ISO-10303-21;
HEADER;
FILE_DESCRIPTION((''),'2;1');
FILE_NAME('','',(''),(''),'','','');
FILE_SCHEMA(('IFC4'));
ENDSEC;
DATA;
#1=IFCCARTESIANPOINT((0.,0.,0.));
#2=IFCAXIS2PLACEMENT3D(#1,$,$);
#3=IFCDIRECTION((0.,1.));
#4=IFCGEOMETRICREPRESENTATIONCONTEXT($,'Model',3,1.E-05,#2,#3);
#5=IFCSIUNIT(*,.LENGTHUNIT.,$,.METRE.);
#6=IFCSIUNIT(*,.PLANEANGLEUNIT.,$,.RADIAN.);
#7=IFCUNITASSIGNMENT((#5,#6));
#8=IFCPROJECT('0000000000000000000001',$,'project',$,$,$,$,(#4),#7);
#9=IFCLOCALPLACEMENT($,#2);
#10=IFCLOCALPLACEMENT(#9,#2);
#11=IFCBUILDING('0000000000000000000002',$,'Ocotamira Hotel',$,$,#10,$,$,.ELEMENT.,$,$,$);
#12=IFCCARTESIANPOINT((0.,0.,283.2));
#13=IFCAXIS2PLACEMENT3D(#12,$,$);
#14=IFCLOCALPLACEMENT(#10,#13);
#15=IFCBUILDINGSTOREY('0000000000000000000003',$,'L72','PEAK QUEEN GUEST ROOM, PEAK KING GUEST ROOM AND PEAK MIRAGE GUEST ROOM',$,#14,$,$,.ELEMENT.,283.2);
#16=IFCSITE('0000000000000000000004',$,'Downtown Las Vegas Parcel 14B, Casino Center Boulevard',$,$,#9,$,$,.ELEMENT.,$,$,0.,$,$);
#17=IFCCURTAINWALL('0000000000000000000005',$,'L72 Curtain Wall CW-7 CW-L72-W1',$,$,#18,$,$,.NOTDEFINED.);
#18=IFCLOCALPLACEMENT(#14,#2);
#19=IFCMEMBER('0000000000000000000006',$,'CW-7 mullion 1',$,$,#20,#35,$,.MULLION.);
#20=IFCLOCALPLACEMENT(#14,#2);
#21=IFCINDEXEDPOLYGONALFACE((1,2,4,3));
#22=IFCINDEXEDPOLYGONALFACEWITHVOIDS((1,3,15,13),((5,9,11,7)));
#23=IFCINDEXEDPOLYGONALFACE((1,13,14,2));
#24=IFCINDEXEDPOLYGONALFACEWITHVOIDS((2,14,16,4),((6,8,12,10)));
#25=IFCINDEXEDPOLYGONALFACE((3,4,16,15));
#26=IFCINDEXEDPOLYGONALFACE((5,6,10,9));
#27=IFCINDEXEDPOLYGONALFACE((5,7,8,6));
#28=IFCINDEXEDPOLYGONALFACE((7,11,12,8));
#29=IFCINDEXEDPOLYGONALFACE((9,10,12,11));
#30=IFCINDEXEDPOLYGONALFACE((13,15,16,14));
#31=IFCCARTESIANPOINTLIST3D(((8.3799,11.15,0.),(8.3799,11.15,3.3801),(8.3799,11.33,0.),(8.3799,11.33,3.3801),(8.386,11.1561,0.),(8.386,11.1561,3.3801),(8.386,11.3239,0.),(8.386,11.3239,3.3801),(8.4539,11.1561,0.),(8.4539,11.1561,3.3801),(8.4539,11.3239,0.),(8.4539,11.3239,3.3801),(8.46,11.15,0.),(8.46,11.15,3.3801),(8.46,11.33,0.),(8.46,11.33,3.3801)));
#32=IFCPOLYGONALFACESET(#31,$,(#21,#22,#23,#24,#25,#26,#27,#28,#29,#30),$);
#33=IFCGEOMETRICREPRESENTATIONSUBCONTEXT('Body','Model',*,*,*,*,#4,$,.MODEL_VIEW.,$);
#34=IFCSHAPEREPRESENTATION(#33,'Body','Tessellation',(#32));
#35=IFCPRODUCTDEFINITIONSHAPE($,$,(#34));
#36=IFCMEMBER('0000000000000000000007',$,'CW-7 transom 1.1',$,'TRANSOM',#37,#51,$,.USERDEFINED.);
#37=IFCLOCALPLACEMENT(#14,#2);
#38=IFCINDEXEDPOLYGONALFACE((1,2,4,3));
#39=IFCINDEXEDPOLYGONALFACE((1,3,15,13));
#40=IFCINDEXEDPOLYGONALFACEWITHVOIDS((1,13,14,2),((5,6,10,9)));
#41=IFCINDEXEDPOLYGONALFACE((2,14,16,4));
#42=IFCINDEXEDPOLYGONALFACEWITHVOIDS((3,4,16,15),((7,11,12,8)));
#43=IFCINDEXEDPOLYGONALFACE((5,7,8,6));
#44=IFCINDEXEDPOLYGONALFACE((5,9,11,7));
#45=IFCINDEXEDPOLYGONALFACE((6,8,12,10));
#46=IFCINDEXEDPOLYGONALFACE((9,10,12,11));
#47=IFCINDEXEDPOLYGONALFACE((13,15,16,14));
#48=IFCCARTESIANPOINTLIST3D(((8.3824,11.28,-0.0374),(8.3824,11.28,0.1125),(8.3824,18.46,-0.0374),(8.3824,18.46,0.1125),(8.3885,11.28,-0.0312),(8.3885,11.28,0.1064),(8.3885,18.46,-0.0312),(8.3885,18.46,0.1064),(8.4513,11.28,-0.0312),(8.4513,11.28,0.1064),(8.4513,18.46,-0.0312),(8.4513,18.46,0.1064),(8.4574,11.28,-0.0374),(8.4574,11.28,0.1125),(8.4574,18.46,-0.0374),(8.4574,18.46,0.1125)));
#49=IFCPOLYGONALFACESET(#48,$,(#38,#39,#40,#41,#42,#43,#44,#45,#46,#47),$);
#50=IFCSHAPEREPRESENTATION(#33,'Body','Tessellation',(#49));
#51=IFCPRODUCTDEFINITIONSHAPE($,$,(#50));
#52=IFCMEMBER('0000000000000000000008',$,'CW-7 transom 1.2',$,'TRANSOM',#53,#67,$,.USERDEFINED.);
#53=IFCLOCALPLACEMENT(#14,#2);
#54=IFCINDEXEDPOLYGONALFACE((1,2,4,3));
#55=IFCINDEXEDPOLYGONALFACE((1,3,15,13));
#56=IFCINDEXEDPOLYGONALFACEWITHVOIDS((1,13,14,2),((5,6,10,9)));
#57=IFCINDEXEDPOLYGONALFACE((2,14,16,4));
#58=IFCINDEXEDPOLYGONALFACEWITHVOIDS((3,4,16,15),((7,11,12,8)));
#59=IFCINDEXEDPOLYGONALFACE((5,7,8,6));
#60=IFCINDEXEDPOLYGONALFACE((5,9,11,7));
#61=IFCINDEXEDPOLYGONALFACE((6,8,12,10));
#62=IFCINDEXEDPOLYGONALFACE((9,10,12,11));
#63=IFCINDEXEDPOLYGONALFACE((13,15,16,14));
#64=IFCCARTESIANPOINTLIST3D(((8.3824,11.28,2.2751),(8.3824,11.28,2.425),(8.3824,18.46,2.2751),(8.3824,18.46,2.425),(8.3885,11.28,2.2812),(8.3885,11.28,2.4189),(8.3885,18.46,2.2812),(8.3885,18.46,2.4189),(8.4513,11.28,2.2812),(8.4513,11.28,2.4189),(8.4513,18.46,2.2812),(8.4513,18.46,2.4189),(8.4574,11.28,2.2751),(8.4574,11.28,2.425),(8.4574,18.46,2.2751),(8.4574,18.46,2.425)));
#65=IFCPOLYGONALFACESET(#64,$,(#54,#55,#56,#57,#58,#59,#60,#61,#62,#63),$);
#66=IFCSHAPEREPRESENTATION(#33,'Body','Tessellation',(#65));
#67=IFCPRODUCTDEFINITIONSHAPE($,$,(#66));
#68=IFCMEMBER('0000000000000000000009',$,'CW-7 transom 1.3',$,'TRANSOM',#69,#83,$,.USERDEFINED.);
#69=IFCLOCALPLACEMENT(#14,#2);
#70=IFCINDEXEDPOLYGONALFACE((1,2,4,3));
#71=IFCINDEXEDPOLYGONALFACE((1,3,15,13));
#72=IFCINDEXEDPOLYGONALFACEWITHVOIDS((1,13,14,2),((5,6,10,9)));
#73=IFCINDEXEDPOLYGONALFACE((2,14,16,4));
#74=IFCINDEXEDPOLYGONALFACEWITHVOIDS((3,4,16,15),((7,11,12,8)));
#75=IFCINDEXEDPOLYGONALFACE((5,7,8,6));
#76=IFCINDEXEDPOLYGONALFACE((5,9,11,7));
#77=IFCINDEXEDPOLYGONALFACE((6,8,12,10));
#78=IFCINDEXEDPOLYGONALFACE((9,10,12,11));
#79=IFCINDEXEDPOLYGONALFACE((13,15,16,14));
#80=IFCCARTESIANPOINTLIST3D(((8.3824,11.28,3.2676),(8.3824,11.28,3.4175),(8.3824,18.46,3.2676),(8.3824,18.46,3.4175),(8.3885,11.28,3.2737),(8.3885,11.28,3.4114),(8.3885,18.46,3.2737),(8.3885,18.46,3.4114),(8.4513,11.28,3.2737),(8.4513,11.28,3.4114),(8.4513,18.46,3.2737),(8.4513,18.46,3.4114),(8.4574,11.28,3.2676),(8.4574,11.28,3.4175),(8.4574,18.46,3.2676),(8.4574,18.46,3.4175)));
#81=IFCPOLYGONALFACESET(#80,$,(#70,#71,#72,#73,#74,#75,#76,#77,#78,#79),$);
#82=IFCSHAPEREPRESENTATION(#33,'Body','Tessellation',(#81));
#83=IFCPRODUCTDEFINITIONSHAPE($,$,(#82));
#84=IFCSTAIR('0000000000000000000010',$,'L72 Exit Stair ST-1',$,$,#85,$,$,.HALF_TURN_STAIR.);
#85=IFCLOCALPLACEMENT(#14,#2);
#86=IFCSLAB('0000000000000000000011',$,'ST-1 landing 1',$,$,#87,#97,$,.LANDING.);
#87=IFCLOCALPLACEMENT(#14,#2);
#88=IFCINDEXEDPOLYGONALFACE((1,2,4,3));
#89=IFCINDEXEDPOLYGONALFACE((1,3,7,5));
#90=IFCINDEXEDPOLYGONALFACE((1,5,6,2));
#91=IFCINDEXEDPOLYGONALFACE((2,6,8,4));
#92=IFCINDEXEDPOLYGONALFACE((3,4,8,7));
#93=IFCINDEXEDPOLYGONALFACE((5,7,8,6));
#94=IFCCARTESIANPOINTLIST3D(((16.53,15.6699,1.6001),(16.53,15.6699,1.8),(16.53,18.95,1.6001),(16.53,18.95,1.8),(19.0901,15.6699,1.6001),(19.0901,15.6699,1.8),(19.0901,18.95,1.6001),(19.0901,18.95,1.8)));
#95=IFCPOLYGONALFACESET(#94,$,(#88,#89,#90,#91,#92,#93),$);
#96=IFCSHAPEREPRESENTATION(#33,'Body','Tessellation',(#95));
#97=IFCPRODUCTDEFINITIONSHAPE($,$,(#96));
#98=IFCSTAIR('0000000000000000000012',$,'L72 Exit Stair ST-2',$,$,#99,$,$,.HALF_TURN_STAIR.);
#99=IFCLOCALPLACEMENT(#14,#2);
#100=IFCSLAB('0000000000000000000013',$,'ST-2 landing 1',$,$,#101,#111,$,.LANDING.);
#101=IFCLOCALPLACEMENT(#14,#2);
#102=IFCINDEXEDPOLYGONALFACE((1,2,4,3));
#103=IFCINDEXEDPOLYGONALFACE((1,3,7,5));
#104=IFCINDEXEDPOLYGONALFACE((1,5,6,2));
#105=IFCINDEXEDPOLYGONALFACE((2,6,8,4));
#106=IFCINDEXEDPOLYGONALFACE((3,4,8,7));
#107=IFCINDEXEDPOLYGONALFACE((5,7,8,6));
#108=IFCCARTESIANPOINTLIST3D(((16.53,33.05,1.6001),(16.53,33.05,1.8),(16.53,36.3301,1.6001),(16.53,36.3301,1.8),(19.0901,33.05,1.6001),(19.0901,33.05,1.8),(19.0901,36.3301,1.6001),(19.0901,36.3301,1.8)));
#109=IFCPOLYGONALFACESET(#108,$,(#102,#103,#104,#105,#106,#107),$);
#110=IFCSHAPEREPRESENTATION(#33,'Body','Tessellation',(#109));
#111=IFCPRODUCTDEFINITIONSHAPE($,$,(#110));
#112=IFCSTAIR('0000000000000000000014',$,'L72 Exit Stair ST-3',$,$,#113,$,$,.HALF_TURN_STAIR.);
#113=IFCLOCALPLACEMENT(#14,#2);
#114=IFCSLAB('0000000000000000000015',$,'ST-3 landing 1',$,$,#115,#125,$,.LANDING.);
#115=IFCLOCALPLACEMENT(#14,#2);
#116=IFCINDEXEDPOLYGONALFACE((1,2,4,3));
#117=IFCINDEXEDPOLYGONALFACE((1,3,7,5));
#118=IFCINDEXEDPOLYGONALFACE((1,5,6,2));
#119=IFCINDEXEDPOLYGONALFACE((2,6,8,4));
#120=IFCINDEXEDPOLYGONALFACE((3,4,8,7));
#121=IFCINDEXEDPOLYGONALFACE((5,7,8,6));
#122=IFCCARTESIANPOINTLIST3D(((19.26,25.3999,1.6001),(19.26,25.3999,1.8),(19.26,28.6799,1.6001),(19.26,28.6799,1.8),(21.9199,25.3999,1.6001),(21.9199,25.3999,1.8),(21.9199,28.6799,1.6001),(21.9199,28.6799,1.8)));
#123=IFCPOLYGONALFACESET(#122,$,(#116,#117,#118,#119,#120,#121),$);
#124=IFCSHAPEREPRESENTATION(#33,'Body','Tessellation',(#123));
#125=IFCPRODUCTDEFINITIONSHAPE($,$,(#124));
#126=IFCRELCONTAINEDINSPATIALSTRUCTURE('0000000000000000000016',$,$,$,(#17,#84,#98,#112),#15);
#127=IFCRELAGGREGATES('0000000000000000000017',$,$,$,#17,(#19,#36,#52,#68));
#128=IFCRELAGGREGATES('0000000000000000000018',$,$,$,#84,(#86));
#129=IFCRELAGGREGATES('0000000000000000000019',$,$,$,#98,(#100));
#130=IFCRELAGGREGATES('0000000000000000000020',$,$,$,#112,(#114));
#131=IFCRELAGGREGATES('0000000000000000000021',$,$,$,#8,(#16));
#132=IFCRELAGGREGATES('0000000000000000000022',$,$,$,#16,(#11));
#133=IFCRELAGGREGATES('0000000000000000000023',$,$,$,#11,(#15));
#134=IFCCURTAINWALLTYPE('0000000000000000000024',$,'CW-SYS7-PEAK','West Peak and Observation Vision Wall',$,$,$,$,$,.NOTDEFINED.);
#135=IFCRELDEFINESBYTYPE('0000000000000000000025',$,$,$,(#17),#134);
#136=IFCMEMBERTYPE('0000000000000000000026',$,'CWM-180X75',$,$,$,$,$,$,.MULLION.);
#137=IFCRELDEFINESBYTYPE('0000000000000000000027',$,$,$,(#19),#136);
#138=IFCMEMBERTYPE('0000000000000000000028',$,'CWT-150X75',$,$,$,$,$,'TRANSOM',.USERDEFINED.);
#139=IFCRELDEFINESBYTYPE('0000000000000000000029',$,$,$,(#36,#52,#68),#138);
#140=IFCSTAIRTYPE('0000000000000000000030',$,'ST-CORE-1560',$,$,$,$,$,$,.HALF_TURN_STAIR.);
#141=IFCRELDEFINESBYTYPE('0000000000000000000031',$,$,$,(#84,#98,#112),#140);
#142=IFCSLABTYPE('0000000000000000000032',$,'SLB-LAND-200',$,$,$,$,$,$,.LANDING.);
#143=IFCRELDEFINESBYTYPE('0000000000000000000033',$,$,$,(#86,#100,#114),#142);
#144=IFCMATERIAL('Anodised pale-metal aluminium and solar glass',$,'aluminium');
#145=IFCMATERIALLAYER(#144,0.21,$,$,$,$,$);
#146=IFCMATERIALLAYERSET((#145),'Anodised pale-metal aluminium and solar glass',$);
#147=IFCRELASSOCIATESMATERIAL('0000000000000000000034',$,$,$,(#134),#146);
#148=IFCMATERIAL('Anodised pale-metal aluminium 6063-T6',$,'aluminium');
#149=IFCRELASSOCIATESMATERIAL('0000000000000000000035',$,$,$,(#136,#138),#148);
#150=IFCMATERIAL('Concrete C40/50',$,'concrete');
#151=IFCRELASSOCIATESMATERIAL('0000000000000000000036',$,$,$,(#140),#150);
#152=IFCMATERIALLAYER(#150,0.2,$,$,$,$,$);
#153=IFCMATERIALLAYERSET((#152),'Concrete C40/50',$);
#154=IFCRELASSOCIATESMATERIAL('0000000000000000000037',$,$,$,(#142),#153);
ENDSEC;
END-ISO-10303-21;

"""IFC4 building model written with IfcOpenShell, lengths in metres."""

from ifc_helpers import new_model, si_unit, direction, frame, origin, origin_2d, place, context, subcontext, project, spatial, polyline, hollow_rectangle, outline, extrude, source, transform, mapped, material, layer, layer_set, material_profile, profile_set, type_object, element, aggregate, save


model = new_model("IFC4")

# Units and contexts
model_context = context("Model", 3, precision=1e-05, world=origin(), true_north=direction((0.0, 1.0)))
body_context = subcontext(model_context, "Body", "Model", "MODEL_VIEW")
ifc_project = project(units=[si_unit("LENGTHUNIT", "METRE"), si_unit("PLANEANGLEUNIT", "RADIAN")], contexts=[model_context])

# Site, building, storey
site_placement = place(None, origin())
site = spatial("IfcSite", under=ifc_project, at=site_placement, Name="Downtown Las Vegas Parcel 14B, Casino Center Boulevard", CompositionType="ELEMENT", RefElevation=0.0)
building_placement = place(site_placement, origin())
building = spatial("IfcBuilding", under=site, at=building_placement, Name="Ocotamira Hotel", CompositionType="ELEMENT")
storey_placement = place(building_placement, frame((0.0, 0.0, 283.2)))
storey = spatial("IfcBuildingStorey", under=building, at=storey_placement, Name="L72", Description="PEAK QUEEN GUEST ROOM, PEAK KING GUEST ROOM AND PEAK MIRAGE GUEST ROOM", CompositionType="ELEMENT", Elevation=283.2)

# Curtain wall, members
ifc_material_1 = material(Name="Anodised pale-metal aluminium and solar glass", Category="aluminium")
ifc_layer_1 = layer(ifc_material_1, 0.21)
ifc_layer_set_1 = layer_set([ifc_layer_1], Name="Anodised pale-metal aluminium and solar glass")
curtain_wall_type = type_object("IfcCurtainWallType", Name="CW-SYS7-PEAK", Description="West Peak and Observation Vision Wall", PredefinedType="NOTDEFINED", material=ifc_layer_set_1)
curtain_wall_placement = place(storey_placement, origin())
curtain_wall = element("IfcCurtainWall", 1, at=curtain_wall_placement, inside=storey, type_object=curtain_wall_type, Name="L72 Curtain Wall CW-7 CW-L72-W1", PredefinedType="NOTDEFINED")
ifc_material_2 = material(Name="Anodised pale-metal aluminium 6063-T6", Category="aluminium")
ifc_material_profile_1 = material_profile(ifc_material_2, hollow_rectangle(XDim=0.0801, YDim=0.1799, WallThickness=0.0061, at=origin_2d()), Name="HSS180X80X6")
ifc_profile_set_1 = profile_set([ifc_material_profile_1], Name="Anodised pale-metal aluminium 6063-T6")
member_type_1 = type_object("IfcMemberType", Name="CWM-180X75", PredefinedType="MULLION", material=ifc_profile_set_1)
shared_shape_1 = source(origin(), body_context, "Body", "SweptSolid", [
    extrude(hollow_rectangle(XDim=0.0801, YDim=0.1799, WallThickness=0.0061, at=origin_2d()), origin(), (0.0, 0.0, 1.0), 3.3801),
])
member_1_placement = place(storey_placement, frame((8.4199, 11.24, 0.0), z_axis=(0.0, 0.0, 1.0), x_axis=(-1.0, 0.0, 0.0)))
member_1 = element("IfcMember", 2, at=member_1_placement, type_object=member_type_1, Name="CW-7 mullion 1", PredefinedType="MULLION", context=body_context, shape_type="MappedRepresentation", body=[
    mapped(shared_shape_1, transform((0.0, 0.0, 0.0), scale=1.0)),
])
ifc_material_profile_2 = material_profile(ifc_material_2, hollow_rectangle(XDim=0.075, YDim=0.1499, WallThickness=0.0061, at=origin_2d()), Name="HSS150X75X6")
ifc_profile_set_2 = profile_set([ifc_material_profile_2], Name="Anodised pale-metal aluminium 6063-T6")
member_type_2 = type_object("IfcMemberType", Name="CWT-150X75", ElementType="TRANSOM", PredefinedType="USERDEFINED", material=ifc_profile_set_2)
shared_shape_2 = source(origin(), body_context, "Body", "SweptSolid", [
    extrude(hollow_rectangle(XDim=0.075, YDim=0.1499, WallThickness=0.0061, at=origin_2d()), origin(), (0.0, 0.0, 1.0), 7.1799),
])
member_2_placement = place(storey_placement, frame((8.4199, 11.28, 0.0376), z_axis=(0.0, 1.0, 0.0), x_axis=(-1.0, 0.0, 0.0)))
member_2 = element("IfcMember", 3, at=member_2_placement, type_object=member_type_2, Name="CW-7 transom 1.1", ObjectType="TRANSOM", PredefinedType="USERDEFINED", context=body_context, shape_type="MappedRepresentation", body=[
    mapped(shared_shape_2, transform((0.0, 0.0, 0.0), scale=1.0)),
])
member_3_placement = place(storey_placement, frame((8.4199, 11.28, 2.3501), z_axis=(0.0, 1.0, 0.0), x_axis=(-1.0, 0.0, 0.0)))
member_3 = element("IfcMember", 4, at=member_3_placement, type_object=member_type_2, Name="CW-7 transom 1.2", ObjectType="TRANSOM", PredefinedType="USERDEFINED", context=body_context, shape_type="MappedRepresentation", body=[
    mapped(shared_shape_2, transform((0.0, 0.0, 0.0), scale=1.0)),
])
member_4_placement = place(storey_placement, frame((8.4199, 11.28, 3.3425), z_axis=(0.0, 1.0, 0.0), x_axis=(-1.0, 0.0, 0.0)))
member_4 = element("IfcMember", 5, at=member_4_placement, type_object=member_type_2, Name="CW-7 transom 1.3", ObjectType="TRANSOM", PredefinedType="USERDEFINED", context=body_context, shape_type="MappedRepresentation", body=[
    mapped(shared_shape_2, transform((0.0, 0.0, 0.0), scale=1.0)),
])
aggregate(curtain_wall, [member_1, member_2, member_3, member_4])

# Stairs, slabs
ifc_material_3 = material(Name="Concrete C40/50", Category="concrete")
stair_type = type_object("IfcStairType", Name="ST-CORE-1560", PredefinedType="HALF_TURN_STAIR", material=ifc_material_3)
stair_1_placement = place(storey_placement, origin())
stair_1 = element("IfcStair", 6, at=stair_1_placement, inside=storey, type_object=stair_type, Name="L72 Exit Stair ST-1", PredefinedType="HALF_TURN_STAIR")
ifc_layer_2 = layer(ifc_material_3, 0.2)
ifc_layer_set_2 = layer_set([ifc_layer_2], Name="Concrete C40/50")
slab_type_1 = type_object("IfcSlabType", Name="SLB-LAND-200", PredefinedType="LANDING", material=ifc_layer_set_2)
slab_1_placement = place(storey_placement, frame((0.0, 0.0, 1.6001)))
slab_1 = element("IfcSlab", 7, at=slab_1_placement, type_object=slab_type_1, Name="ST-1 landing 1", PredefinedType="LANDING", context=body_context, shape_type="SweptSolid", body=[
    extrude(outline(polyline([(16.53, 15.6699), (19.0901, 15.6699), (19.0901, 18.95), (16.53, 18.95), (16.53, 15.6699)])), origin(), (0.0, 0.0, 1.0), 0.2),
])
aggregate(stair_1, [slab_1])
stair_2_placement = place(storey_placement, origin())
stair_2 = element("IfcStair", 8, at=stair_2_placement, inside=storey, type_object=stair_type, Name="L72 Exit Stair ST-2", PredefinedType="HALF_TURN_STAIR")
slab_2_placement = place(storey_placement, frame((0.0, 0.0, 1.6001)))
slab_2 = element("IfcSlab", 9, at=slab_2_placement, type_object=slab_type_1, Name="ST-2 landing 1", PredefinedType="LANDING", context=body_context, shape_type="SweptSolid", body=[
    extrude(outline(polyline([(16.53, 33.05), (19.0901, 33.05), (19.0901, 36.3301), (16.53, 36.3301), (16.53, 33.05)])), origin(), (0.0, 0.0, 1.0), 0.2),
])
aggregate(stair_2, [slab_2])
stair_3_placement = place(storey_placement, origin())
stair_3 = element("IfcStair", 10, at=stair_3_placement, inside=storey, type_object=stair_type, Name="L72 Exit Stair ST-3", PredefinedType="HALF_TURN_STAIR")
slab_3_placement = place(storey_placement, frame((0.0, 0.0, 1.6001)))
slab_3 = element("IfcSlab", 11, at=slab_3_placement, type_object=slab_type_1, Name="ST-3 landing 1", PredefinedType="LANDING", context=body_context, shape_type="SweptSolid", body=[
    extrude(outline(polyline([(19.26, 25.3999), (21.9199, 25.3999), (21.9199, 28.6799), (19.26, 28.6799), (19.26, 25.3999)])), origin(), (0.0, 0.0, 1.0), 0.2),
])
aggregate(stair_3, [slab_3])

save(model, "model.ifc")
